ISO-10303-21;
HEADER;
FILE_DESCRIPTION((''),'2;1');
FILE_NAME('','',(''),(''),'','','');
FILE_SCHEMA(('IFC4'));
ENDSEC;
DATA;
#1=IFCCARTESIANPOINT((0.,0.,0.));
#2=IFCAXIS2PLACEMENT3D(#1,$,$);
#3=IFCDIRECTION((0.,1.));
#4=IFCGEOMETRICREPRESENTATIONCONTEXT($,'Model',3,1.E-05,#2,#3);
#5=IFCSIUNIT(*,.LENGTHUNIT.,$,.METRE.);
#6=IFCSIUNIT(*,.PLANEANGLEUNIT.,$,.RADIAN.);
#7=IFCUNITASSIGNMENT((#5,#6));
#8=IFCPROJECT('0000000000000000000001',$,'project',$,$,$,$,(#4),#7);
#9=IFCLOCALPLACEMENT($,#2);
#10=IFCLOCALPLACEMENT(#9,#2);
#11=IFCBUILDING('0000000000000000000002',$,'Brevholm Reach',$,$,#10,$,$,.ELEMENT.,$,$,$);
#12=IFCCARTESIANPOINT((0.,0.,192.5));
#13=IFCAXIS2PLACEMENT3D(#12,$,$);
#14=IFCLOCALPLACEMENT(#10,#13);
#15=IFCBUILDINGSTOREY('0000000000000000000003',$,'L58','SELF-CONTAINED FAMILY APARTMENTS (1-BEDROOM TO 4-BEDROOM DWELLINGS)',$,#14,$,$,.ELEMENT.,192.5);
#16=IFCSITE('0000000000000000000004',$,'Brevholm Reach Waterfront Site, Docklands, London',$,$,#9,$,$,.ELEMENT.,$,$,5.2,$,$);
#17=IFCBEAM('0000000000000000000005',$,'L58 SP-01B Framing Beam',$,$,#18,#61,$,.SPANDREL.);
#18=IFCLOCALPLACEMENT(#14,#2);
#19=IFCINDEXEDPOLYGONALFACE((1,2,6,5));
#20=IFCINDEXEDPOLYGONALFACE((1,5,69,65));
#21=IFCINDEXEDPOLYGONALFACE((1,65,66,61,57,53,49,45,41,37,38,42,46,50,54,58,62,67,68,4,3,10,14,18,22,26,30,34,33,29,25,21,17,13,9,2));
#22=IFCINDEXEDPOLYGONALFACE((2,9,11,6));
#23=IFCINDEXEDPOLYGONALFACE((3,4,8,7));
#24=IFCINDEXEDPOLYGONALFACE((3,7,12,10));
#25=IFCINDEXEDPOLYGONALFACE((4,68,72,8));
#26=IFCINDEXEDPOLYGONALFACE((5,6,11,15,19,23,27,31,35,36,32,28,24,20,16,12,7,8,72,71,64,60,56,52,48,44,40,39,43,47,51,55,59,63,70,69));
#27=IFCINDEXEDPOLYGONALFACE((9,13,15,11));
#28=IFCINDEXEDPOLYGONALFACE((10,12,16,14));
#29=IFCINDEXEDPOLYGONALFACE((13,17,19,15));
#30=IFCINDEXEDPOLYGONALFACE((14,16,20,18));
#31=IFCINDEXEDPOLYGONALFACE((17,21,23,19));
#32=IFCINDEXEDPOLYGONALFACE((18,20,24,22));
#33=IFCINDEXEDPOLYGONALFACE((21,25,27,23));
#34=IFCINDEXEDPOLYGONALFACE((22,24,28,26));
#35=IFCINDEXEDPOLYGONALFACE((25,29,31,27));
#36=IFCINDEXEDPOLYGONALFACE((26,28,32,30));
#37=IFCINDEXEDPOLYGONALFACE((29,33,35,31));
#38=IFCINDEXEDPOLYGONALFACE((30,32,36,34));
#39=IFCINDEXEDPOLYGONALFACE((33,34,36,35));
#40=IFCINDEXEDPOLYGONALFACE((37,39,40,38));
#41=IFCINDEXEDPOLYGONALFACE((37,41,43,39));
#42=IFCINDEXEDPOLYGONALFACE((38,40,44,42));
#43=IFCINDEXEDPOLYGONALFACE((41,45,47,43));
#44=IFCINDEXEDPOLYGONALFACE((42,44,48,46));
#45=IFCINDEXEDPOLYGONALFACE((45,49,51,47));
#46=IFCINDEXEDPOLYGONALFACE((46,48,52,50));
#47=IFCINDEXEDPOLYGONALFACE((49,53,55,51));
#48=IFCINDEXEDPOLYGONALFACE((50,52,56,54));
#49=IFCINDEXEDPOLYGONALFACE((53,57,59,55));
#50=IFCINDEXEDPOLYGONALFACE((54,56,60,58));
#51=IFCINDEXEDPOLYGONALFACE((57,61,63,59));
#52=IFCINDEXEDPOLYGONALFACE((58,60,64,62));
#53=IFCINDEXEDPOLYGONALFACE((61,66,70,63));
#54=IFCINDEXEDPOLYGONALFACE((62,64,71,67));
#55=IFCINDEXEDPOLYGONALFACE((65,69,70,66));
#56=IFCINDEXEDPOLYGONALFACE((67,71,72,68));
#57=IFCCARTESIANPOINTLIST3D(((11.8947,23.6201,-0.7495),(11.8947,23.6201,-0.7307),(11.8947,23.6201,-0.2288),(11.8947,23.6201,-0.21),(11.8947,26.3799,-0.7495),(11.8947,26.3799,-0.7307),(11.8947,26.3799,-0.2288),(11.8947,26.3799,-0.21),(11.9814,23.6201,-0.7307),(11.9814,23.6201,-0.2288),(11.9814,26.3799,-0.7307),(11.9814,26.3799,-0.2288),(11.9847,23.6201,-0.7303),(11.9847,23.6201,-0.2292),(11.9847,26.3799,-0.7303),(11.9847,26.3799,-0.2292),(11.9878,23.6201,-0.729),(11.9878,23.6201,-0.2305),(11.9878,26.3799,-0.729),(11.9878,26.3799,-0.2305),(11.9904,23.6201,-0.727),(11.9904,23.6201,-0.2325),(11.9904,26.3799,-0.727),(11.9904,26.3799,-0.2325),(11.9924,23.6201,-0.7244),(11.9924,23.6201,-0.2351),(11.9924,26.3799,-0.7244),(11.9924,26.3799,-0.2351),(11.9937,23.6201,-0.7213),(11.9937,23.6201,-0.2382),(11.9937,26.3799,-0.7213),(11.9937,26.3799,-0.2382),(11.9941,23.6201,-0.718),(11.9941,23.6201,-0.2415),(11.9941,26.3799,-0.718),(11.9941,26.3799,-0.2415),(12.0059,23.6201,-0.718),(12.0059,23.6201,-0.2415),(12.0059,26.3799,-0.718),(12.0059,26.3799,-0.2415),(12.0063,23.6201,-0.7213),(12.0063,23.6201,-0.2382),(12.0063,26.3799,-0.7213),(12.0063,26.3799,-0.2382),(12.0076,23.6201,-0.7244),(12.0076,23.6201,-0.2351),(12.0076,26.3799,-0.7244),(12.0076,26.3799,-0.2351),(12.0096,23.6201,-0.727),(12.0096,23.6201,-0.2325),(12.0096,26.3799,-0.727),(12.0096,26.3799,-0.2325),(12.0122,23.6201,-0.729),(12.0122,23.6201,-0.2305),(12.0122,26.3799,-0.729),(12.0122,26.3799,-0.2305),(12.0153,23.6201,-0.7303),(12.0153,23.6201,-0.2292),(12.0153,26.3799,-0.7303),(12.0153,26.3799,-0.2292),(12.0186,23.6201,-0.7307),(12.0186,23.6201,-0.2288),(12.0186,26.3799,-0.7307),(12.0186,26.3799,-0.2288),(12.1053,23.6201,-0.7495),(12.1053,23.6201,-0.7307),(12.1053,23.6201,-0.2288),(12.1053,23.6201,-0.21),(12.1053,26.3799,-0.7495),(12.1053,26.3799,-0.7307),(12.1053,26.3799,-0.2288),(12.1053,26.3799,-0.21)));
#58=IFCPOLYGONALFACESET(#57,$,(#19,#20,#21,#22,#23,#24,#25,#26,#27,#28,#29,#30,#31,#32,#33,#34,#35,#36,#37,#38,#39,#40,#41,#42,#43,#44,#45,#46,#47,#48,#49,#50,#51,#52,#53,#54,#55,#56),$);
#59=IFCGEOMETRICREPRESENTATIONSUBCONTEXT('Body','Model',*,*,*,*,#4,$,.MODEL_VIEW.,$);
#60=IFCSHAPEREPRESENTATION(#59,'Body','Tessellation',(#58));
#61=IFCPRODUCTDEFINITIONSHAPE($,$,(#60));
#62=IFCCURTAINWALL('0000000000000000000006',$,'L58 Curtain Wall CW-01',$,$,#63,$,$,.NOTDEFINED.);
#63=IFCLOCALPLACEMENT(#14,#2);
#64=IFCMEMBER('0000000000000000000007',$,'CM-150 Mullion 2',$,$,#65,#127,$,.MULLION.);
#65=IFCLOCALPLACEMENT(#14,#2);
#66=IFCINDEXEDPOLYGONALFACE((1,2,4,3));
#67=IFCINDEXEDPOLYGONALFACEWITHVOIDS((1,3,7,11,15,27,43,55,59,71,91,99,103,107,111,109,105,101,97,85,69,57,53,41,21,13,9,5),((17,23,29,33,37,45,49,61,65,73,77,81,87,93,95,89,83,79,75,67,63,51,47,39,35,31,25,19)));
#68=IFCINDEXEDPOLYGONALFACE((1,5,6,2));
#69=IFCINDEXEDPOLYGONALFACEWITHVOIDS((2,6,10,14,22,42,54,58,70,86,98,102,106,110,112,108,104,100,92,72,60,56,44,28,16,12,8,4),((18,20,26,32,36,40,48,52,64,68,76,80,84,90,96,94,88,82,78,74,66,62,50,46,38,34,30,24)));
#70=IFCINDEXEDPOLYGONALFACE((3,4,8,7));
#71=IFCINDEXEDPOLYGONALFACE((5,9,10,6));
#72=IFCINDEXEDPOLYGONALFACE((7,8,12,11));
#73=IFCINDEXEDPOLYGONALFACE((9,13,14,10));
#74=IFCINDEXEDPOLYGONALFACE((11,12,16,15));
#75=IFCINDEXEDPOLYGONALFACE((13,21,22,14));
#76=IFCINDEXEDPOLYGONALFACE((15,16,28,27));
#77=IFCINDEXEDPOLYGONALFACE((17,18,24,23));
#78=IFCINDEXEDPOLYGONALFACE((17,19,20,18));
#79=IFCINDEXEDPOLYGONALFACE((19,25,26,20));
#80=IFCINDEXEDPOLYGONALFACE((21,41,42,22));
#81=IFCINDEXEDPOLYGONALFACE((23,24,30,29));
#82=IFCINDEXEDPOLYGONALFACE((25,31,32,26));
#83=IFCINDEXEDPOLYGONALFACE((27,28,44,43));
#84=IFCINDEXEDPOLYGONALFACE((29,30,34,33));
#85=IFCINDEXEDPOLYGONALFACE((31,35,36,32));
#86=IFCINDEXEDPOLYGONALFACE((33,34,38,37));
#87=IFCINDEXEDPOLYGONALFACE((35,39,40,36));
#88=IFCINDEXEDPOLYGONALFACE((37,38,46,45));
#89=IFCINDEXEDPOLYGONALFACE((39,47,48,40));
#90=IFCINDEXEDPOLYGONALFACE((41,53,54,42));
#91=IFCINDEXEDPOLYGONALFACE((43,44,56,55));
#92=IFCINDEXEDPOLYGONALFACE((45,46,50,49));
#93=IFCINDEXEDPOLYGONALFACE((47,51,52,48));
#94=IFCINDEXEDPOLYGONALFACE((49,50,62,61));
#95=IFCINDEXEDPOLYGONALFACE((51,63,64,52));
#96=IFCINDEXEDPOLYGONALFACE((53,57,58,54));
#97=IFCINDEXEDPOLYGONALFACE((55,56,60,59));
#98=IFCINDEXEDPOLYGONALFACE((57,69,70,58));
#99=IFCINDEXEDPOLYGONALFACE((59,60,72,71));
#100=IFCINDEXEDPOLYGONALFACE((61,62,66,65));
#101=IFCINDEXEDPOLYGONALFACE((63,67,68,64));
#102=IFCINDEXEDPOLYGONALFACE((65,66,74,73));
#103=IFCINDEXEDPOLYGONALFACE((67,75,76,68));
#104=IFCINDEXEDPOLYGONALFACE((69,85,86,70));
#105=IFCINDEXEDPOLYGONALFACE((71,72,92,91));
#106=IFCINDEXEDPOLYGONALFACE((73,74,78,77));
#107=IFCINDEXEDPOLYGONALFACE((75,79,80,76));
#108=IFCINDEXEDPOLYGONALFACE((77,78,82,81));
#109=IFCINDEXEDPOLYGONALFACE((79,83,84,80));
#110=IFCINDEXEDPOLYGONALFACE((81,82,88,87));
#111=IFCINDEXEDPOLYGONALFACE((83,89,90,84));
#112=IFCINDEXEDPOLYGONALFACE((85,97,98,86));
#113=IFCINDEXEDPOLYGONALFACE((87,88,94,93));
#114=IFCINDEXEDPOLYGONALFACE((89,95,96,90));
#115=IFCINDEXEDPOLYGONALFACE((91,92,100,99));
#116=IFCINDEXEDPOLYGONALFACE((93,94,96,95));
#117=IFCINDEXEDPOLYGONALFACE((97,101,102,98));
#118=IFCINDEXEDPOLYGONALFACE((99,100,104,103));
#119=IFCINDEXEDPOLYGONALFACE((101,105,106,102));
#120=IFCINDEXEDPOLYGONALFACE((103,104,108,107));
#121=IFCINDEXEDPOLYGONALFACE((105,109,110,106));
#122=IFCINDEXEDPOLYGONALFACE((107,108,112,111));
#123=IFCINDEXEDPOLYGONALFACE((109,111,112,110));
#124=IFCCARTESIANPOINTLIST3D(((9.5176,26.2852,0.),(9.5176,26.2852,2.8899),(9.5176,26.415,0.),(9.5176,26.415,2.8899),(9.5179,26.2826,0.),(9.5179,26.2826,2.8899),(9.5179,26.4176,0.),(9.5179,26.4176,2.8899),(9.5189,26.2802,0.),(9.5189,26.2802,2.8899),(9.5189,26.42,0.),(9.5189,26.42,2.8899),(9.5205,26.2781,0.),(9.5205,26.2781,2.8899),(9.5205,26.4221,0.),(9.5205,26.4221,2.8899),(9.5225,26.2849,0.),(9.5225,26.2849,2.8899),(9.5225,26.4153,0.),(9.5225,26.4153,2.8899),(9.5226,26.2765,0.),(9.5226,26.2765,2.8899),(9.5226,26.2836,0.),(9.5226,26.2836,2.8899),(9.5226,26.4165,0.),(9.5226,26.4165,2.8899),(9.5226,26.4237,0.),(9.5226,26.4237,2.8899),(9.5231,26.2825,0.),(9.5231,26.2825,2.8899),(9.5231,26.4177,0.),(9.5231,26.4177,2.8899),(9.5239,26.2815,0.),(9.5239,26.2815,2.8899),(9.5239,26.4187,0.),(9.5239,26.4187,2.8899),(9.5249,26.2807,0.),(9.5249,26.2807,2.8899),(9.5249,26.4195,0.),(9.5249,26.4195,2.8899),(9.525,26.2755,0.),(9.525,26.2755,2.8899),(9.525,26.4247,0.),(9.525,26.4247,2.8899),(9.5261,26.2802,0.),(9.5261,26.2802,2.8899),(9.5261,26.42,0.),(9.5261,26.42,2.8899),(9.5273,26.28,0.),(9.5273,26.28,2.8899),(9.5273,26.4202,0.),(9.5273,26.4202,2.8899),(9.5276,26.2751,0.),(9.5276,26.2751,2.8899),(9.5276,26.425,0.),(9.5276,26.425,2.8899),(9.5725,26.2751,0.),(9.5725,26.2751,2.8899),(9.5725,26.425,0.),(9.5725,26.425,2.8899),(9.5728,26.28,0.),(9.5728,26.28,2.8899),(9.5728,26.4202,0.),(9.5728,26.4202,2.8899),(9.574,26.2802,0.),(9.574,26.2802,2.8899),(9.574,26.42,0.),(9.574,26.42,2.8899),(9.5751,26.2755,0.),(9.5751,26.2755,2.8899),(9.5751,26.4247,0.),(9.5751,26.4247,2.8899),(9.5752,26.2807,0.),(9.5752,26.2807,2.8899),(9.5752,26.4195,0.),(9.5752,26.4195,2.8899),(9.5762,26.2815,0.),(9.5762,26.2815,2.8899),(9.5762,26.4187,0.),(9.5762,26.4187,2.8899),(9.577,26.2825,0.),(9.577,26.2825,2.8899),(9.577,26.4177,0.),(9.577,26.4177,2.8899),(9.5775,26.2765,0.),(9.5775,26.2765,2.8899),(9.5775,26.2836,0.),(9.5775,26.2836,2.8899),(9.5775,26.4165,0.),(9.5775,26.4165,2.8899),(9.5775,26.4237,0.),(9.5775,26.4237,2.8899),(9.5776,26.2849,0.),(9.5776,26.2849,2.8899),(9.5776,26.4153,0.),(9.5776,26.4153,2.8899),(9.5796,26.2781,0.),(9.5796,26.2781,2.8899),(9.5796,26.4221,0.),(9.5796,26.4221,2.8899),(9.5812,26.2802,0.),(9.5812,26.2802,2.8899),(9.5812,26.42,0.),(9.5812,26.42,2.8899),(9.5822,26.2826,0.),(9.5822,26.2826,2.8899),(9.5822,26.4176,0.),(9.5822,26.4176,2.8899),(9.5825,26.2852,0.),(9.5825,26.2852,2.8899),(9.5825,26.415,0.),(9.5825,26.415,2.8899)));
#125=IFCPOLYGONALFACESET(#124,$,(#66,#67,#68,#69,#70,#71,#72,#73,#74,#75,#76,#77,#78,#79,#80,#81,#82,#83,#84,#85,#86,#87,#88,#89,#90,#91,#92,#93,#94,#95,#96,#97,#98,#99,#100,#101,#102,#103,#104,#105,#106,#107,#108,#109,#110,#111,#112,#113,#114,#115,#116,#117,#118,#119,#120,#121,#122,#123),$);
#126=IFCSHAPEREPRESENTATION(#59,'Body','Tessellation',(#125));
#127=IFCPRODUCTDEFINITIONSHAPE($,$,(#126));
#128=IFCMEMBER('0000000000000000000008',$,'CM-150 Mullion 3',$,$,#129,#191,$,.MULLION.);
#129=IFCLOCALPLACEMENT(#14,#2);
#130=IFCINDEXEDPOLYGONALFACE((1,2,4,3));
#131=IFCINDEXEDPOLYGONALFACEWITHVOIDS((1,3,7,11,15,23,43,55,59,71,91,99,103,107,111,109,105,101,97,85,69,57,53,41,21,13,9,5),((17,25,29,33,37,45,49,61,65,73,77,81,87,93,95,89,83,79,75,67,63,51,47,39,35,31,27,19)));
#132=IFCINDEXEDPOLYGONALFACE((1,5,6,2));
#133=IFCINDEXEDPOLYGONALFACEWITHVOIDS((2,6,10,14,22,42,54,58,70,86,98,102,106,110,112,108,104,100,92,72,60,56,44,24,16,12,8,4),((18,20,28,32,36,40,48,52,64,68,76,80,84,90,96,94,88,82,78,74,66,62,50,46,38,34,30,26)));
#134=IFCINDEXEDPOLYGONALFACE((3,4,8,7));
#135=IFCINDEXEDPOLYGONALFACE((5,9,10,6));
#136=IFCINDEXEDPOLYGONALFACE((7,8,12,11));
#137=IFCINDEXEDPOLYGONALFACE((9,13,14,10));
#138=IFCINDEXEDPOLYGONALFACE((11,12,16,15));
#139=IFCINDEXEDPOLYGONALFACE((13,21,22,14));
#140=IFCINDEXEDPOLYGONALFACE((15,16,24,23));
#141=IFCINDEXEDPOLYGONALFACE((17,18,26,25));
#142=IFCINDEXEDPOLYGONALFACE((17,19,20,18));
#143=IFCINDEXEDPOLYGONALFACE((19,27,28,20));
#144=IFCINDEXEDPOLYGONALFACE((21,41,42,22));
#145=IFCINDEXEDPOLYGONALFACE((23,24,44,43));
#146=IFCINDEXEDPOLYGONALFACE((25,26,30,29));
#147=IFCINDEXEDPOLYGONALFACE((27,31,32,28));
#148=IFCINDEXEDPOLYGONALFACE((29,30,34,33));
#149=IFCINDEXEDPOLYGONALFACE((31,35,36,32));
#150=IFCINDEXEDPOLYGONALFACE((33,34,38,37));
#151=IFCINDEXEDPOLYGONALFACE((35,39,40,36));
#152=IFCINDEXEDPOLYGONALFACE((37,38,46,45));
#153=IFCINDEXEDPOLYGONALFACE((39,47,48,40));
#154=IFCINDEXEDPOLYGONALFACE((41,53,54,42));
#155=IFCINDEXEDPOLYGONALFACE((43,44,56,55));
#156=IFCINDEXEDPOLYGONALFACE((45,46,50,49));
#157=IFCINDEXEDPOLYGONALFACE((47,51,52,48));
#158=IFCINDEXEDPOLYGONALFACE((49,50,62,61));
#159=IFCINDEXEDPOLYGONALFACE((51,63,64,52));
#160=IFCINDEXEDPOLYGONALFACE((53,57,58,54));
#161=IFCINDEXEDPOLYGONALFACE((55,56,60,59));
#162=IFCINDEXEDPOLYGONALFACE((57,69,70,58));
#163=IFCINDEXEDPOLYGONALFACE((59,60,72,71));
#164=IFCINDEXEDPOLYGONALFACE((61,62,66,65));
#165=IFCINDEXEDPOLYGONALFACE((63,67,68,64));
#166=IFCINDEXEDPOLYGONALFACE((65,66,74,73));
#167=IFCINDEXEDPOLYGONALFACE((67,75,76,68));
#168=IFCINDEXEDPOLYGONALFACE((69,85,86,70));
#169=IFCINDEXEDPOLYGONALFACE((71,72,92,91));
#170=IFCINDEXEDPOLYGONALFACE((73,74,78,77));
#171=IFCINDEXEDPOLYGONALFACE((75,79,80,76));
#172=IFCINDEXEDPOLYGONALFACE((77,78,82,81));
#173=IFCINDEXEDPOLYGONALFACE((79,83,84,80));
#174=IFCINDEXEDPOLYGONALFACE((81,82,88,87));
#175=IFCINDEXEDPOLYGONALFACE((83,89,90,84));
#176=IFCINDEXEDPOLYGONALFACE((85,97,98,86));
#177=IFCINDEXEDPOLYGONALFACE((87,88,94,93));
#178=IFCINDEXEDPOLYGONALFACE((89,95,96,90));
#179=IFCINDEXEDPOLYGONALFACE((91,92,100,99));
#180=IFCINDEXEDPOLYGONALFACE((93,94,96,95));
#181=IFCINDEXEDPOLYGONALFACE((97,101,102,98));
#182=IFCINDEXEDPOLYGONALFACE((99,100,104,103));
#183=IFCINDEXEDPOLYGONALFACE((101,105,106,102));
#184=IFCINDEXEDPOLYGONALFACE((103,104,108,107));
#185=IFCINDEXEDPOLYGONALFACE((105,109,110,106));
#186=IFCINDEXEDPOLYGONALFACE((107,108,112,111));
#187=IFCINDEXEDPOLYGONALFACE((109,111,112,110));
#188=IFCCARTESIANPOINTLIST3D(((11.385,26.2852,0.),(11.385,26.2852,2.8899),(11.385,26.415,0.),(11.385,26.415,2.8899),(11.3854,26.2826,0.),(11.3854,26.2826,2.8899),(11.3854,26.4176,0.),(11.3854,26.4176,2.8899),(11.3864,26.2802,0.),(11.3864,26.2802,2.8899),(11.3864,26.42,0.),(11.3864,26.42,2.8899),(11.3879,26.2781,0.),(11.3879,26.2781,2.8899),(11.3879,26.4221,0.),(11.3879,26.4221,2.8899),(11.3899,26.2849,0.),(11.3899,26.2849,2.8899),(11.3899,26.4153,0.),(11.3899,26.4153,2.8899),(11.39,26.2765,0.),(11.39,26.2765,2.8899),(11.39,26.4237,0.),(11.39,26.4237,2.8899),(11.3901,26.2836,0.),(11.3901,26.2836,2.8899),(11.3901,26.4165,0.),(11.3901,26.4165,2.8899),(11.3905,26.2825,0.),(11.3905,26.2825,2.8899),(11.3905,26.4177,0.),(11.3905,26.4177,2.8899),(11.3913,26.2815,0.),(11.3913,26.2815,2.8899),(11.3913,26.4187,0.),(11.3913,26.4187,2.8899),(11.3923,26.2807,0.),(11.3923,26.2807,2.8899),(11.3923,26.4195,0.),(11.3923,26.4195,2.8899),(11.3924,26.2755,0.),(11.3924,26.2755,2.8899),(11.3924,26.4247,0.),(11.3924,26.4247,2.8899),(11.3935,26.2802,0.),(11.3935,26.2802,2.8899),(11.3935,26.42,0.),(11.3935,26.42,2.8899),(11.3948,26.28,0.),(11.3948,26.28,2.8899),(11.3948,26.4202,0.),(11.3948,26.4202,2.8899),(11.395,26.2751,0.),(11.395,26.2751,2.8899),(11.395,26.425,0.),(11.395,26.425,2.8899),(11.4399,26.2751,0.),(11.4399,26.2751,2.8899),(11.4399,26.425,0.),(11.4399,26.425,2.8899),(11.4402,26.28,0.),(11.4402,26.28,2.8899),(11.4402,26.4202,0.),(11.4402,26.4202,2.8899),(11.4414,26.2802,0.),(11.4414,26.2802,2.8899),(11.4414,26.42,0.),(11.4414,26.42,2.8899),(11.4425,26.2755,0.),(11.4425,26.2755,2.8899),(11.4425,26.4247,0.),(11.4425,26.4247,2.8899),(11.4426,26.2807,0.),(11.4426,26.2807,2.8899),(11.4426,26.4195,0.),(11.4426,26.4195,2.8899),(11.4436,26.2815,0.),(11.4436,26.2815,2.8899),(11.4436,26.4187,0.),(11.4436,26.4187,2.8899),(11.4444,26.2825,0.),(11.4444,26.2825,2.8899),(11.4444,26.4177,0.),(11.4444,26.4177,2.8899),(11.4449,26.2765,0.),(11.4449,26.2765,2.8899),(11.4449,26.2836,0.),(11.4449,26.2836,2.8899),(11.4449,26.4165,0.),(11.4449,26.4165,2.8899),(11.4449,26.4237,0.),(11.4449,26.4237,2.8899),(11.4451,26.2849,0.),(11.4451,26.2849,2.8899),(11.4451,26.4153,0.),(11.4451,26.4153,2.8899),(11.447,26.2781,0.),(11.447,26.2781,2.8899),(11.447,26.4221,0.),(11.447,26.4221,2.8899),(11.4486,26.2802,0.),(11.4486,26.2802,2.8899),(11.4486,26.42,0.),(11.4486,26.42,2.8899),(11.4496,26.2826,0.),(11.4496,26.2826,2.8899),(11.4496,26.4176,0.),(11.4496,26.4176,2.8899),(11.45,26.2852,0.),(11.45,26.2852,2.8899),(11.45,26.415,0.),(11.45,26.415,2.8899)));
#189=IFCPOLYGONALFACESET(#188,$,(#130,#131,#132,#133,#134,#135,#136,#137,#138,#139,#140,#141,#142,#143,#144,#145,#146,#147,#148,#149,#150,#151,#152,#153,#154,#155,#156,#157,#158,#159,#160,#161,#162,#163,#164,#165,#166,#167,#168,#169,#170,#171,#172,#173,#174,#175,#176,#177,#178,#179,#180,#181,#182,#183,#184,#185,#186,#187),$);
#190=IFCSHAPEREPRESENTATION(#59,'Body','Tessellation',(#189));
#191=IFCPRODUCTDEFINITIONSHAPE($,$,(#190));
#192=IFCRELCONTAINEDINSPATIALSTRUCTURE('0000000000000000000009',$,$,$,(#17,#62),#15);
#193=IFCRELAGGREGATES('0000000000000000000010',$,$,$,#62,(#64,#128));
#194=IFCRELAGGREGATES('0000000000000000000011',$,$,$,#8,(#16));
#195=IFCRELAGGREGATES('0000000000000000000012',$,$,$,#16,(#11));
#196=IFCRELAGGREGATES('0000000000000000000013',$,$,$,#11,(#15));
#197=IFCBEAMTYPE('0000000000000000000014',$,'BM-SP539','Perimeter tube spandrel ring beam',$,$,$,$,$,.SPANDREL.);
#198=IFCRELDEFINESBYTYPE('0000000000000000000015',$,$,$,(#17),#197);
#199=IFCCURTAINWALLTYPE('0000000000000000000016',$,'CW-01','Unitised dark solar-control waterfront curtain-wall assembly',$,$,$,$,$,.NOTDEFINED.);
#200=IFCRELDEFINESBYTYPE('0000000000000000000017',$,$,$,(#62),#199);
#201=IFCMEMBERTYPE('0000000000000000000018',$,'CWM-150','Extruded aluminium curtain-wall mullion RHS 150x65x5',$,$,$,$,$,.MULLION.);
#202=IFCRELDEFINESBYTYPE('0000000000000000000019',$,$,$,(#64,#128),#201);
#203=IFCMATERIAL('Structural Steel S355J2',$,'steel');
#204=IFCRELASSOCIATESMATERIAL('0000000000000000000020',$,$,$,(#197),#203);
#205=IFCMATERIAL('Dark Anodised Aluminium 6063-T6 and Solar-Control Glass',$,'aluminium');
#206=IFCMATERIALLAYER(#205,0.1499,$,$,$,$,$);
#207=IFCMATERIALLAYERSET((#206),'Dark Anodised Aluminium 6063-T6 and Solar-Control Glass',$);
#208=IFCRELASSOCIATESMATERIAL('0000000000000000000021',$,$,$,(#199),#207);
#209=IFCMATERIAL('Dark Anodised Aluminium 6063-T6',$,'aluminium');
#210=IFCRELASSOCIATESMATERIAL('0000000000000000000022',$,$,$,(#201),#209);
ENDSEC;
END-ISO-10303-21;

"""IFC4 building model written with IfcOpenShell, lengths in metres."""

from ifc_helpers import new_model, si_unit, direction, frame, origin, origin_2d, place, context, subcontext, project, spatial, hollow_rectangle, i_section, extrude, material, layer, layer_set, material_profile, profile_set, type_object, element, aggregate, save


model = new_model("IFC4")

# Units and contexts
model_context = context("Model", 3, precision=1e-05, world=origin(), true_north=direction((0.0, 1.0)))
body_context = subcontext(model_context, "Body", "Model", "MODEL_VIEW")
ifc_project = project(units=[si_unit("LENGTHUNIT", "METRE"), si_unit("PLANEANGLEUNIT", "RADIAN")], contexts=[model_context])

# Site, building, storey
site_placement = place(None, origin())
site = spatial("IfcSite", under=ifc_project, at=site_placement, Name="Brevholm Reach Waterfront Site, Docklands, London", CompositionType="ELEMENT", RefElevation=5.2)
building_placement = place(site_placement, origin())
building = spatial("IfcBuilding", under=site, at=building_placement, Name="Brevholm Reach", CompositionType="ELEMENT")
storey_placement = place(building_placement, frame((0.0, 0.0, 192.5)))
storey = spatial("IfcBuildingStorey", under=building, at=storey_placement, Name="L58", Description="SELF-CONTAINED FAMILY APARTMENTS (1-BEDROOM TO 4-BEDROOM DWELLINGS)", CompositionType="ELEMENT", Elevation=192.5)

# Beam
ifc_material_1 = material(Name="Structural Steel S355J2", Category="steel")
ifc_material_profile_1 = material_profile(ifc_material_1, i_section(OverallWidth=0.2107, OverallDepth=0.5396, WebThickness=0.0117, FlangeThickness=0.0188, FilletRadius=0.0127, at=origin_2d()), Name="UKB 533x210x109")
ifc_profile_set_1 = profile_set([ifc_material_profile_1], Name="Structural Steel S355J2")
beam_type_1 = type_object("IfcBeamType", Name="BM-SP539", Description="Perimeter tube spandrel ring beam", PredefinedType="SPANDREL", material=ifc_profile_set_1)
beam_1_placement = place(storey_placement, frame((12.0, 23.6201, -0.4797), z_axis=(0.0, 1.0, 0.0), x_axis=(-1.0, 0.0, 0.0)))
element("IfcBeam", 1, at=beam_1_placement, inside=storey, type_object=beam_type_1, Name="L58 SP-01B Framing Beam", PredefinedType="SPANDREL", context=body_context, shape_type="SweptSolid", body=[
    extrude(i_section(OverallWidth=0.2107, OverallDepth=0.5396, WebThickness=0.0117, FlangeThickness=0.0188, FilletRadius=0.0127, at=origin_2d()), origin(), (0.0, 0.0, 1.0), 2.7598),
])

# Curtain wall, members
ifc_material_2 = material(Name="Dark Anodised Aluminium 6063-T6 and Solar-Control Glass", Category="aluminium")
ifc_layer_1 = layer(ifc_material_2, 0.1499)
ifc_layer_set_1 = layer_set([ifc_layer_1], Name="Dark Anodised Aluminium 6063-T6 and Solar-Control Glass")
curtain_wall_type = type_object("IfcCurtainWallType", Name="CW-01", Description="Unitised dark solar-control waterfront curtain-wall assembly", PredefinedType="NOTDEFINED", material=ifc_layer_set_1)
curtain_wall_placement = place(storey_placement, origin())
curtain_wall = element("IfcCurtainWall", 2, at=curtain_wall_placement, inside=storey, type_object=curtain_wall_type, Name="L58 Curtain Wall CW-01", PredefinedType="NOTDEFINED")
ifc_material_3 = material(Name="Dark Anodised Aluminium 6063-T6", Category="aluminium")
ifc_material_profile_2 = material_profile(ifc_material_3, hollow_rectangle(XDim=0.0649, YDim=0.1499, WallThickness=0.0049, InnerFilletRadius=0.0049, OuterFilletRadius=0.01, at=origin_2d()), Name="RHS 150x65x5")
ifc_profile_set_2 = profile_set([ifc_material_profile_2], Name="Dark Anodised Aluminium 6063-T6")
member_type_1 = type_object("IfcMemberType", Name="CWM-150", Description="Extruded aluminium curtain-wall mullion RHS 150x65x5", PredefinedType="MULLION", material=ifc_profile_set_2)
member_1_placement = place(storey_placement, frame((9.55, 26.3501, 0.0), z_axis=(0.0, 0.0, 1.0), x_axis=(1.0, 0.0, 0.0)))
member_1 = element("IfcMember", 3, at=member_1_placement, type_object=member_type_1, Name="CM-150 Mullion 2", PredefinedType="MULLION", context=body_context, shape_type="SweptSolid", body=[
    extrude(hollow_rectangle(XDim=0.0649, YDim=0.1499, WallThickness=0.0049, InnerFilletRadius=0.0049, OuterFilletRadius=0.01, at=origin_2d()), origin(), (0.0, 0.0, 1.0), 2.8899),
])
member_2_placement = place(storey_placement, frame((11.4175, 26.3501, 0.0), z_axis=(0.0, 0.0, 1.0), x_axis=(1.0, 0.0, 0.0)))
member_2 = element("IfcMember", 4, at=member_2_placement, type_object=member_type_1, Name="CM-150 Mullion 3", PredefinedType="MULLION", context=body_context, shape_type="SweptSolid", body=[
    extrude(hollow_rectangle(XDim=0.0649, YDim=0.1499, WallThickness=0.0049, InnerFilletRadius=0.0049, OuterFilletRadius=0.01, at=origin_2d()), origin(), (0.0, 0.0, 1.0), 2.8899),
])
aggregate(curtain_wall, [member_1, member_2])

save(model, "model.ifc")
